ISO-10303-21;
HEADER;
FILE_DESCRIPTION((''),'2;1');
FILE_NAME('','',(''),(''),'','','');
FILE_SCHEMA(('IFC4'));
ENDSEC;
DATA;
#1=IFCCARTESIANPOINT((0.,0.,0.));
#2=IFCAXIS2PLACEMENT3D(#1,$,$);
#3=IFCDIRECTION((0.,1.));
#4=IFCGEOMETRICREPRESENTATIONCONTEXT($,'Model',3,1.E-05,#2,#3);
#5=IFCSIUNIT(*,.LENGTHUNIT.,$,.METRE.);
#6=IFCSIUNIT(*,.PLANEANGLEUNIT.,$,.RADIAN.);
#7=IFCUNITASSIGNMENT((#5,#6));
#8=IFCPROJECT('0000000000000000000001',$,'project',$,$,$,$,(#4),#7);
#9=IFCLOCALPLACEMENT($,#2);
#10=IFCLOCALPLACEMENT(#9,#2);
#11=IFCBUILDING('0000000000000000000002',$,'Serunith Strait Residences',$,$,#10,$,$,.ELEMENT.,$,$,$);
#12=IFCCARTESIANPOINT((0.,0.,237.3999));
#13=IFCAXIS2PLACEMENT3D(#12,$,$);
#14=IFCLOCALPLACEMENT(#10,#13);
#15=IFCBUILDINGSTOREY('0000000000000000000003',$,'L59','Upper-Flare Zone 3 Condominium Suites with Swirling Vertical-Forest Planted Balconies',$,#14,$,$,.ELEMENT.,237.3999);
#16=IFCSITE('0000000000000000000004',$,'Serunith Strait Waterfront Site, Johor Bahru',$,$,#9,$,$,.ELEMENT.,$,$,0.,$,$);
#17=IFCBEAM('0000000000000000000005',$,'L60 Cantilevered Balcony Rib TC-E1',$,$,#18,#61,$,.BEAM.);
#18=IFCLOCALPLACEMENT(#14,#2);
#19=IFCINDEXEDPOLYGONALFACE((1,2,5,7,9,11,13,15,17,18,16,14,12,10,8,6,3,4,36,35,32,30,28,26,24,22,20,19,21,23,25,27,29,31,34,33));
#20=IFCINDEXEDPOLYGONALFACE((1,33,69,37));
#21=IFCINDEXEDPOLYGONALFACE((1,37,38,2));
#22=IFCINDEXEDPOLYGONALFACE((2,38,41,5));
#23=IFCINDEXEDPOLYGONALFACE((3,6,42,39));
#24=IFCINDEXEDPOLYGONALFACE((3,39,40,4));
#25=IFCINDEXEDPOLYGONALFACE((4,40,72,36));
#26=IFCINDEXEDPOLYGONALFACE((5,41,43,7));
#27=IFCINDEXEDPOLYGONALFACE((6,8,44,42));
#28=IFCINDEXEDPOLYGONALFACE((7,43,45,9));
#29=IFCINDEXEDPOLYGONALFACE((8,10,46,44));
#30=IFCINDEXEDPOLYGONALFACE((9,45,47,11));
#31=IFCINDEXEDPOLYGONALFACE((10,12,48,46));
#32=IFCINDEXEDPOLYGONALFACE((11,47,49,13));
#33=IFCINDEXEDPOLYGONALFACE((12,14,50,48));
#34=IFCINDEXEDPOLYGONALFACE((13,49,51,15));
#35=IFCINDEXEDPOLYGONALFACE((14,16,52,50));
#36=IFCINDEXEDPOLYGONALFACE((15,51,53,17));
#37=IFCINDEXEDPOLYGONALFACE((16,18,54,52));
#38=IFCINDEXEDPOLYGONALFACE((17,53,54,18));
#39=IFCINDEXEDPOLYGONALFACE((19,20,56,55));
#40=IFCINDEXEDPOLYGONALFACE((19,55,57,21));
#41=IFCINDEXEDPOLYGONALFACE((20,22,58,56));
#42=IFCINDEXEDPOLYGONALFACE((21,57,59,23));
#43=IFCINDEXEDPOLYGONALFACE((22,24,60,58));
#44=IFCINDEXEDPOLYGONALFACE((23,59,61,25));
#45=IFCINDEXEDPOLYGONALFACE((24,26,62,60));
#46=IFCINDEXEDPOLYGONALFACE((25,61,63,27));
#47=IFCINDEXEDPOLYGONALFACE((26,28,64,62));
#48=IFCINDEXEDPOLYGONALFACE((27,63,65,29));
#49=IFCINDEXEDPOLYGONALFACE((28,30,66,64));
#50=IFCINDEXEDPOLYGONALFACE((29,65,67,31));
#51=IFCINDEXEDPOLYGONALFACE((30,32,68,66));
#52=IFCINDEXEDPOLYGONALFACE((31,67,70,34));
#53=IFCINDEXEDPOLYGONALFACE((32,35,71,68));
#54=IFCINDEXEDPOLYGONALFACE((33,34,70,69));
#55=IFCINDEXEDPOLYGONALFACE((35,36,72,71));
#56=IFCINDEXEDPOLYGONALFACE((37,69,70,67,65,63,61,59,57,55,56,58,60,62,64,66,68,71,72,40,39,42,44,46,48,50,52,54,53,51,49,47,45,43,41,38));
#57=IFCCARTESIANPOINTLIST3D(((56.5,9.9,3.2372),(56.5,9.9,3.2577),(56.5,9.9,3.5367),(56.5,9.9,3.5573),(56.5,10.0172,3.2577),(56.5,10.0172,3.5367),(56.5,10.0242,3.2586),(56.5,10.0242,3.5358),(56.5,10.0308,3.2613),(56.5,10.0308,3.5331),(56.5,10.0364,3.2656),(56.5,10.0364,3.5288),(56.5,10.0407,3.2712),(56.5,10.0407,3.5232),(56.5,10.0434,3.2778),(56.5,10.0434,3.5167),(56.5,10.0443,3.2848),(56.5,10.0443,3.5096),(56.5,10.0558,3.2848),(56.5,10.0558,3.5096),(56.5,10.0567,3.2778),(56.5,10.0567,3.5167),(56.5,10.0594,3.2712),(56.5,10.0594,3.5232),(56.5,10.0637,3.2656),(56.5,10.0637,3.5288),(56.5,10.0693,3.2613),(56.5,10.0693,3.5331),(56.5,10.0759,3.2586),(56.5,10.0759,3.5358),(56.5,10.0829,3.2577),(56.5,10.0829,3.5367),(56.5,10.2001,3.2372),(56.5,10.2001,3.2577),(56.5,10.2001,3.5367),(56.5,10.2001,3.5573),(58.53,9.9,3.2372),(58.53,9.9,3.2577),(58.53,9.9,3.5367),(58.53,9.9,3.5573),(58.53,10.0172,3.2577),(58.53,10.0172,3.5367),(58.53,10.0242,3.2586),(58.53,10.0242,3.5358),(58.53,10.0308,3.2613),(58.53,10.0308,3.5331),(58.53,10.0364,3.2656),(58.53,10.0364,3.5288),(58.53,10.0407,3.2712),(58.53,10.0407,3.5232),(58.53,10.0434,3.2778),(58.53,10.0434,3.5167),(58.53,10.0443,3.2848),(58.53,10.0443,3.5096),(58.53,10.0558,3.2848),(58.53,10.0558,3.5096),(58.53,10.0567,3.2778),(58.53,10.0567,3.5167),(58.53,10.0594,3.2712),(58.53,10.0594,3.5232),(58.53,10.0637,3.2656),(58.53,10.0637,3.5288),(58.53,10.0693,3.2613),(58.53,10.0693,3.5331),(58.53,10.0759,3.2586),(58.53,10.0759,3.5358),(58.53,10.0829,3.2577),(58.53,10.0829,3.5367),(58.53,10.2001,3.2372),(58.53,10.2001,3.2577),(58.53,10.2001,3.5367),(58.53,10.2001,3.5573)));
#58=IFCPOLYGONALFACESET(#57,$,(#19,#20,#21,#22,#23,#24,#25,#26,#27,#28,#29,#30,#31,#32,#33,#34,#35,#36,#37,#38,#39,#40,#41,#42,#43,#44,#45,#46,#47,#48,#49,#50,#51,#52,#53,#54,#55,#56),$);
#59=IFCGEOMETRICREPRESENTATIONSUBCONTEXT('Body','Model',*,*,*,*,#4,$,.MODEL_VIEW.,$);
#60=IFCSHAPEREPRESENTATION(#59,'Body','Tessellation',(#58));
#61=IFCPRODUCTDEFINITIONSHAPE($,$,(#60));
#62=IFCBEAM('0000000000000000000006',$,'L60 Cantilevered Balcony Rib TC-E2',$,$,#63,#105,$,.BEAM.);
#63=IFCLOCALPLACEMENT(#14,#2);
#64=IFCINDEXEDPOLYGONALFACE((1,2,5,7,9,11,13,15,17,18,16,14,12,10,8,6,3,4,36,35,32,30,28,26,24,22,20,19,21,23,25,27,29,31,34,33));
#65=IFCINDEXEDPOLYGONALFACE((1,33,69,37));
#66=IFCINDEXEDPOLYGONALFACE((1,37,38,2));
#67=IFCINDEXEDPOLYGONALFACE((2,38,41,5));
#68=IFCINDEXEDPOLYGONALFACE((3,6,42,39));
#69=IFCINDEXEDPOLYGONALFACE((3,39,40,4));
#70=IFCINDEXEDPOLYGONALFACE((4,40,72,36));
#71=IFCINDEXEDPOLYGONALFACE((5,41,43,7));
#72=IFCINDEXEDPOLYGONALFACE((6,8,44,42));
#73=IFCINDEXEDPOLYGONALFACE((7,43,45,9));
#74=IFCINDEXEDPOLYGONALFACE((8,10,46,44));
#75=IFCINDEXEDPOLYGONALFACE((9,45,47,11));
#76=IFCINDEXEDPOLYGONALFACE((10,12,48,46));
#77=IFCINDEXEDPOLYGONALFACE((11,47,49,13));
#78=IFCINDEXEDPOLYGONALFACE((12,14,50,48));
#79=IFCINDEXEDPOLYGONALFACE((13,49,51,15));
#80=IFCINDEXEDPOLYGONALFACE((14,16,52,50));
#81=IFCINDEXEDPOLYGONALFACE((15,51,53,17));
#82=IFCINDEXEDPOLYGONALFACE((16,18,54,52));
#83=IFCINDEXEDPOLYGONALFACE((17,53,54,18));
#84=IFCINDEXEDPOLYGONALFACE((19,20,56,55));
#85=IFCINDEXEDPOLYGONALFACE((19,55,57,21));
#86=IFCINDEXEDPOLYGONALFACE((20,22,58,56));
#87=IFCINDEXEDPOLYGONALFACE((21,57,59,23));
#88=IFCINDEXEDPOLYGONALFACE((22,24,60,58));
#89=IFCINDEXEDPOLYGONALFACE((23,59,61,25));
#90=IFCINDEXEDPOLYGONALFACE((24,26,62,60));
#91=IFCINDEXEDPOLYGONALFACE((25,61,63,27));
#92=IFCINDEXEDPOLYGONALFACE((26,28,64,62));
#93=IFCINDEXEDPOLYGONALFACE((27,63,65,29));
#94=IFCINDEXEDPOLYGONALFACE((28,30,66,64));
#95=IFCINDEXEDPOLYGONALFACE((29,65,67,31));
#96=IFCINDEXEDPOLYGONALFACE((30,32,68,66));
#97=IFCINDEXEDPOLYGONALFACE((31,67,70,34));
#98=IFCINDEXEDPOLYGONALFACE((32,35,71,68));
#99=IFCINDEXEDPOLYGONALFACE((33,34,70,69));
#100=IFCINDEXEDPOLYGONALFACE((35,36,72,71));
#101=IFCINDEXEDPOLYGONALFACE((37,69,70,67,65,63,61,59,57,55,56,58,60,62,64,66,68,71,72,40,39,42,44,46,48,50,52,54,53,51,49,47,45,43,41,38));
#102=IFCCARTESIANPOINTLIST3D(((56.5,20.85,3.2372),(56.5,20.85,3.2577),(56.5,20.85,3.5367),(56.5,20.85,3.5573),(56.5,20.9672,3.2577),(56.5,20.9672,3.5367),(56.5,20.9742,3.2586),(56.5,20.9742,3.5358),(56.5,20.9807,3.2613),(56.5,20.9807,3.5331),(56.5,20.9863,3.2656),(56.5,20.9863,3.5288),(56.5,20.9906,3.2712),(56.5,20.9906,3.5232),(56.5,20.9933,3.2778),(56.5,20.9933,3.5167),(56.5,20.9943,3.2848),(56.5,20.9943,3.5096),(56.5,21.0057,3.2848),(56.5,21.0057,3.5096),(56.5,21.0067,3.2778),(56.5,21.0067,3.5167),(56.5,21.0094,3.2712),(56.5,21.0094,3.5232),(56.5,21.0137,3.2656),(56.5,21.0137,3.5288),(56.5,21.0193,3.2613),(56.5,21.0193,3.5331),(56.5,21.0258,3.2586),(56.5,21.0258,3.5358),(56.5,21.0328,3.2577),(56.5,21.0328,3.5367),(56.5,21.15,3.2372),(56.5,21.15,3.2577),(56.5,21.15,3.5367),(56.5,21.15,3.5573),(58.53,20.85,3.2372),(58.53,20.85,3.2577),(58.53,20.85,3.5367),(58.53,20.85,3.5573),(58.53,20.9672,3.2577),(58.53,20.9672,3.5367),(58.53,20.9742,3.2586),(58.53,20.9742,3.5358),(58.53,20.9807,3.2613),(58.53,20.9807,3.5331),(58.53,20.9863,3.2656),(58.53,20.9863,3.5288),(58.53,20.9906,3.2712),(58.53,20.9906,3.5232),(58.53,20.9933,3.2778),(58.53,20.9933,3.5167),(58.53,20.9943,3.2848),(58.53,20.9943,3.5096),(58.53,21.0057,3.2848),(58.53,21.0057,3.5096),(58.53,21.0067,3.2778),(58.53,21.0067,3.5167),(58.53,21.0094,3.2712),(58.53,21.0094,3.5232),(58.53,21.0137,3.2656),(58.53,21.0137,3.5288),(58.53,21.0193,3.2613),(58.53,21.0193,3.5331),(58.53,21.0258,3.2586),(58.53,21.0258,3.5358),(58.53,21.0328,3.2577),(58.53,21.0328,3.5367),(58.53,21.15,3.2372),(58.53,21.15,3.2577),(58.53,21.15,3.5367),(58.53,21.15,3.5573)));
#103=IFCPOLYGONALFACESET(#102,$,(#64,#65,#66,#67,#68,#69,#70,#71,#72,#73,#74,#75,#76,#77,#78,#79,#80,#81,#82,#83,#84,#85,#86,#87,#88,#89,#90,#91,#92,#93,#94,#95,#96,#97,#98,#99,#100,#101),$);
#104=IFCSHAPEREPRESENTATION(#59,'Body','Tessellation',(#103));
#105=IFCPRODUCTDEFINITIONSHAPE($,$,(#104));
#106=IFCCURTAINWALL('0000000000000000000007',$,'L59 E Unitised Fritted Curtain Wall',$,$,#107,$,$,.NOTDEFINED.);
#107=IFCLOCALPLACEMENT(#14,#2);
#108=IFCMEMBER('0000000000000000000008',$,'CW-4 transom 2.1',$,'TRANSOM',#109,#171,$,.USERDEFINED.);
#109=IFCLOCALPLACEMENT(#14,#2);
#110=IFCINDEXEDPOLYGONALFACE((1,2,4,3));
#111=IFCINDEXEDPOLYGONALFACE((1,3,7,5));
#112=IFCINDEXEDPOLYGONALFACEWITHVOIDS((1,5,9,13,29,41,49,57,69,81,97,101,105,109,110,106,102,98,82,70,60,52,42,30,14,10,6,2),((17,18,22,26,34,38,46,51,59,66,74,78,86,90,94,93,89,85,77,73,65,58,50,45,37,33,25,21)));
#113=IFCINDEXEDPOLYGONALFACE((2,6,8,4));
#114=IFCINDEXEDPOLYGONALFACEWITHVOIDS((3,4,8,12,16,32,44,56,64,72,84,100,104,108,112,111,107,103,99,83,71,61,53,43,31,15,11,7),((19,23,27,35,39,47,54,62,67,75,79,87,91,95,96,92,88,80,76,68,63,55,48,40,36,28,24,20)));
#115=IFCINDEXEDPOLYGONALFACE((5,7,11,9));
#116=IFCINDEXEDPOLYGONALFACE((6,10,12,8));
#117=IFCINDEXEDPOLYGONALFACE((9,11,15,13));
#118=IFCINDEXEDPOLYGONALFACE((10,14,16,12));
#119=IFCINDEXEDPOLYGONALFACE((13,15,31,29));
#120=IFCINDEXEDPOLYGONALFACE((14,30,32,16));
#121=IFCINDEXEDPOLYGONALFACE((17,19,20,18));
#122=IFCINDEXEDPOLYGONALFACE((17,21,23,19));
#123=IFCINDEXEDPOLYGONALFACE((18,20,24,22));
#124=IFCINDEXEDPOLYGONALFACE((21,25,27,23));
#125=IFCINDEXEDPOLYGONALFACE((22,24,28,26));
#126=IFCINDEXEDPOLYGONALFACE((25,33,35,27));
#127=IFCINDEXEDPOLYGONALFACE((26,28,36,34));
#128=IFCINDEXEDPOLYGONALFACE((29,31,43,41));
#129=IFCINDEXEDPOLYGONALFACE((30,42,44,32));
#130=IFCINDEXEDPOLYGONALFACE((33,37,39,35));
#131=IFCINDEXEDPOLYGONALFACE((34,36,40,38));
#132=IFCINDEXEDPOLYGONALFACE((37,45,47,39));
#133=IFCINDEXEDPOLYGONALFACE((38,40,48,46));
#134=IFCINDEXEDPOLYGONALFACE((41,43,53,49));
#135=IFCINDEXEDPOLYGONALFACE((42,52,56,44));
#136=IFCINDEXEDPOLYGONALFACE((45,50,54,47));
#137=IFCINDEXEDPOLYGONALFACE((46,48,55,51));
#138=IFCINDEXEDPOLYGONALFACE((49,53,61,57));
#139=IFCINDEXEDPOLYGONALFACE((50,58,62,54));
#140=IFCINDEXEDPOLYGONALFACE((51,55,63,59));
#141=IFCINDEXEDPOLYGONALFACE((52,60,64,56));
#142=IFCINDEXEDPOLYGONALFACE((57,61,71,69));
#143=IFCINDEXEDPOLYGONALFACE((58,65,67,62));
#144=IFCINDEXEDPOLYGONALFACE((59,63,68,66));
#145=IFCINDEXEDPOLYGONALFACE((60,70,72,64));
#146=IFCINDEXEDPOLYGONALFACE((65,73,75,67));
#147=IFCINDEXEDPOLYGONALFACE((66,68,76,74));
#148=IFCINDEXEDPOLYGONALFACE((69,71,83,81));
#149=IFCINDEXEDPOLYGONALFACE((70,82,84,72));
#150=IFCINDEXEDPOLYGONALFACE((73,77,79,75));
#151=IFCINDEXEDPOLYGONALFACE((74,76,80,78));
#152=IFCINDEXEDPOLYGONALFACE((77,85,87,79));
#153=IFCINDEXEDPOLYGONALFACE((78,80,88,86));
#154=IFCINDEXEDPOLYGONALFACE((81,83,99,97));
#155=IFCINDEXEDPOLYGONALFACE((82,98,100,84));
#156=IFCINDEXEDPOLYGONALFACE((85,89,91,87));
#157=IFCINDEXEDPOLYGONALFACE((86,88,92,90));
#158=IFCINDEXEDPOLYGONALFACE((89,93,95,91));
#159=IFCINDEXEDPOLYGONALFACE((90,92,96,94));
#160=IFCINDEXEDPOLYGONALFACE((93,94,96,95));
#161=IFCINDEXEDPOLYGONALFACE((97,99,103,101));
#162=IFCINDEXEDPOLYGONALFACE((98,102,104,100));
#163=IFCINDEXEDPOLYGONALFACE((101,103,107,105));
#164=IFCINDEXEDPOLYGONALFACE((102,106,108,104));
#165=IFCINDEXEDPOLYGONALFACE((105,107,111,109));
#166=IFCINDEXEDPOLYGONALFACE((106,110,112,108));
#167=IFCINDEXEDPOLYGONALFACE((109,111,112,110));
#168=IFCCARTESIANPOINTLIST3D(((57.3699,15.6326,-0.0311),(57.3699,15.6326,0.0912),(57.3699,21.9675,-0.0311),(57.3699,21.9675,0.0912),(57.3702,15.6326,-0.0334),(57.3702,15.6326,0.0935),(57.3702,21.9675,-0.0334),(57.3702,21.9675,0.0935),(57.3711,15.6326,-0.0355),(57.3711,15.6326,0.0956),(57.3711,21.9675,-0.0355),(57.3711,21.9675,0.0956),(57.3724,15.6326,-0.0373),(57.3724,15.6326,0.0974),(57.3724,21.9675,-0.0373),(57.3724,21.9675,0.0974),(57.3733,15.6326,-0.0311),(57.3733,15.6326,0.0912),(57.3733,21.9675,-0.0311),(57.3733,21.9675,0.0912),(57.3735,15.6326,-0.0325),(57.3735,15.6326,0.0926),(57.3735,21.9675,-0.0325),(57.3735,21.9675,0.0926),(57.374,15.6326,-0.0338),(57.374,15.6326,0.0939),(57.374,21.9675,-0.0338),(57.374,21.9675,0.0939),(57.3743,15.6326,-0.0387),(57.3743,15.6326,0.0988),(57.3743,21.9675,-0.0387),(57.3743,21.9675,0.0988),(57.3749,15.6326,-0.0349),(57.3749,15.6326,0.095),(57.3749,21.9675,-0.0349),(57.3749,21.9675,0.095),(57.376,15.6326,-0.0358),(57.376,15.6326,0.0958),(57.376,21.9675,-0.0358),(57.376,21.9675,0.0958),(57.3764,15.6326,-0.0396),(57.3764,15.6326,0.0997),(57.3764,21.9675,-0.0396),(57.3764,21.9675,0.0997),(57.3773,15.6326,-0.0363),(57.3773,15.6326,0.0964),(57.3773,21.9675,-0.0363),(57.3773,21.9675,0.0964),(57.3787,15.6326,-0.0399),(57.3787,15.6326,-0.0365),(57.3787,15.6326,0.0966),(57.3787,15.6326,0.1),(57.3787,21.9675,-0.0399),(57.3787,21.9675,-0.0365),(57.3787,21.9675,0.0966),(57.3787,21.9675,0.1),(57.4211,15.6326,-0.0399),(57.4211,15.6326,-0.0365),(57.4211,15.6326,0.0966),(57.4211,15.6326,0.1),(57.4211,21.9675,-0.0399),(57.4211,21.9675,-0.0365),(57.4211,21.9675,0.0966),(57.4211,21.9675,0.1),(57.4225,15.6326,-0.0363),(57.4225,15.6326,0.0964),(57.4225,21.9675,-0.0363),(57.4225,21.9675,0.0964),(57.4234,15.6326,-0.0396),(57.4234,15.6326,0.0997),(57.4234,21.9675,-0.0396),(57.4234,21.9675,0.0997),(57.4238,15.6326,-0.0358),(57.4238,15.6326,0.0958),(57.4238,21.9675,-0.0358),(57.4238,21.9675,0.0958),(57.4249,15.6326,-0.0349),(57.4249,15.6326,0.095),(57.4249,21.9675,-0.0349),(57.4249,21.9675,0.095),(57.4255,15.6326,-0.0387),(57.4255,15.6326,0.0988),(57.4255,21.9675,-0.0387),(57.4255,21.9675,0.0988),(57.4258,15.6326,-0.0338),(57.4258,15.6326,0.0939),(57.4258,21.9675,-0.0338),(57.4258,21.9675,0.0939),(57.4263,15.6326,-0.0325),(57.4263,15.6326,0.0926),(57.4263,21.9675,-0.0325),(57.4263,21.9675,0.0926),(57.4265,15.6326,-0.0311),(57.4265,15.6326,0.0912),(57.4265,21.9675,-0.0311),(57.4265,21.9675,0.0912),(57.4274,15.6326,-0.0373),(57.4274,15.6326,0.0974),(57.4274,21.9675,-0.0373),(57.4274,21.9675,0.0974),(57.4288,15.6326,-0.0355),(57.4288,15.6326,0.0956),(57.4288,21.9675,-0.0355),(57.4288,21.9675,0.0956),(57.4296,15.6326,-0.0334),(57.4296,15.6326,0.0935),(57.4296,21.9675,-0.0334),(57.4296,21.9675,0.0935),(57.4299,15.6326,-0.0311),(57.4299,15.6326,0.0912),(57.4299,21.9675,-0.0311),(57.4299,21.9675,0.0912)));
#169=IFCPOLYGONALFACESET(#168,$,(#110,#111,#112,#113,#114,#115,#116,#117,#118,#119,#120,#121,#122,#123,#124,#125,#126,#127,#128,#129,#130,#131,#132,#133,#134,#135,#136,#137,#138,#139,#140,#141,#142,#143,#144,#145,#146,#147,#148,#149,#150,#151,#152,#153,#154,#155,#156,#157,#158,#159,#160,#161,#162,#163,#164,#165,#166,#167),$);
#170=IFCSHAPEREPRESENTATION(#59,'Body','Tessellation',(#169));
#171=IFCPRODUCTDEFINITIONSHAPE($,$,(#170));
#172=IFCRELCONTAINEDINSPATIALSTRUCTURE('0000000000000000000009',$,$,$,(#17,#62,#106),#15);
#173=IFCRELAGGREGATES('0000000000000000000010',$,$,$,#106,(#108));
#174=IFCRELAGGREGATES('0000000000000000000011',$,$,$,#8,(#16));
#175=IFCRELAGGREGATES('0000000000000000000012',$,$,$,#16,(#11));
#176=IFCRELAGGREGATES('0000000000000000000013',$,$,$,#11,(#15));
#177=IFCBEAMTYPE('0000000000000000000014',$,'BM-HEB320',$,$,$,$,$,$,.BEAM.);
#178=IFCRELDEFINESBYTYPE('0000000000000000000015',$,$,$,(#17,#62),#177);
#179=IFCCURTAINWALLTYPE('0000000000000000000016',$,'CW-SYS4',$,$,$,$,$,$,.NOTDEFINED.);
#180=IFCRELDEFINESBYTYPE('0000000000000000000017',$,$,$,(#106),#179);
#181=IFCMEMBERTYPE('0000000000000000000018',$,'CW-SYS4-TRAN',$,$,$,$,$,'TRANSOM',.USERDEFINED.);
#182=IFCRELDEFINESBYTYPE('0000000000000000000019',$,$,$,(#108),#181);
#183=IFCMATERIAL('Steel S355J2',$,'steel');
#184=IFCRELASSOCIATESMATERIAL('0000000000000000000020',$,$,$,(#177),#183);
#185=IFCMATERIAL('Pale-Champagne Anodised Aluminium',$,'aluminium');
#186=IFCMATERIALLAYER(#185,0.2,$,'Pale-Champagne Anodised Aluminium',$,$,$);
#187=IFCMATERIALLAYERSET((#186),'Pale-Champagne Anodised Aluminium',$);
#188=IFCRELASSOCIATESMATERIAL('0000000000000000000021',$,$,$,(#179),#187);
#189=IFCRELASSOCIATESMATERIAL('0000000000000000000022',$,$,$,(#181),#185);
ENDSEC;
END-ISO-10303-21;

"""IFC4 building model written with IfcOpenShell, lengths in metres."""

from ifc_helpers import new_model, si_unit, direction, frame, origin, origin_2d, place, context, subcontext, project, spatial, hollow_rectangle, i_section, extrude, source, transform, mapped, material, layer, layer_set, material_profile, profile_set, type_object, element, aggregate, save


model = new_model("IFC4")

# Units and contexts
model_context = context("Model", 3, precision=1e-05, world=origin(), true_north=direction((0.0, 1.0)))
body_context = subcontext(model_context, "Body", "Model", "MODEL_VIEW")
ifc_project = project(units=[si_unit("LENGTHUNIT", "METRE"), si_unit("PLANEANGLEUNIT", "RADIAN")], contexts=[model_context])

# Site, building, storey
site_placement = place(None, origin())
site = spatial("IfcSite", under=ifc_project, at=site_placement, Name="Serunith Strait Waterfront Site, Johor Bahru", CompositionType="ELEMENT", RefElevation=0.0)
building_placement = place(site_placement, origin())
building = spatial("IfcBuilding", under=site, at=building_placement, Name="Serunith Strait Residences", CompositionType="ELEMENT")
storey_placement = place(building_placement, frame((0.0, 0.0, 237.3999)))
storey = spatial("IfcBuildingStorey", under=building, at=storey_placement, Name="L59", Description="Upper-Flare Zone 3 Condominium Suites with Swirling Vertical-Forest Planted Balconies", CompositionType="ELEMENT", Elevation=237.3999)

# Beams
ifc_material_1 = material(Name="Steel S355J2", Category="steel")
ifc_material_profile_1 = material_profile(ifc_material_1, i_section(OverallWidth=0.3, OverallDepth=0.3201, WebThickness=0.0115, FlangeThickness=0.0205, FilletRadius=0.0271, at=origin_2d()), Name="HEB 320")
ifc_profile_set_1 = profile_set([ifc_material_profile_1], Name="Steel S355J2")
beam_type_1 = type_object("IfcBeamType", Name="BM-HEB320", PredefinedType="BEAM", material=ifc_profile_set_1)
shared_shape_1 = source(origin(), body_context, "Body", "SweptSolid", [
    extrude(i_section(OverallWidth=0.3, OverallDepth=0.3201, WebThickness=0.0115, FlangeThickness=0.0205, FilletRadius=0.0271, at=origin_2d()), origin(), (0.0, 0.0, 1.0), 2.03),
])
for number, where, z_axis, x_axis, name in (
    (1, (56.5, 10.05, 3.3972), (1.0, 0.0, 0.0), (0.0, 1.0, 0.0), "L60 Cantilevered Balcony Rib TC-E1"),
    (2, (56.5, 21.0, 3.3972), (1.0, 0.0, 0.0), (0.0, 1.0, 0.0), "L60 Cantilevered Balcony Rib TC-E2"),
):
    element("IfcBeam", number, at=place(storey_placement, frame(where, z_axis=z_axis, x_axis=x_axis)), inside=storey, type_object=beam_type_1, Name=name, PredefinedType="BEAM", context=body_context, shape_type="MappedRepresentation", body=[
        mapped(shared_shape_1, transform((0.0, 0.0, 0.0), scale=1.0)),
    ])

# Curtain wall, member
ifc_material_2 = material(Name="Pale-Champagne Anodised Aluminium", Category="aluminium")
ifc_layer_1 = layer(ifc_material_2, 0.2, Name="Pale-Champagne Anodised Aluminium")
ifc_layer_set_1 = layer_set([ifc_layer_1], Name="Pale-Champagne Anodised Aluminium")
curtain_wall_type = type_object("IfcCurtainWallType", Name="CW-SYS4", PredefinedType="NOTDEFINED", material=ifc_layer_set_1)
curtain_wall_placement = place(storey_placement, origin())
curtain_wall = element("IfcCurtainWall", 3, at=curtain_wall_placement, inside=storey, type_object=curtain_wall_type, Name="L59 E Unitised Fritted Curtain Wall", PredefinedType="NOTDEFINED")
ifc_material_profile_2 = material_profile(ifc_material_2, hollow_rectangle(XDim=0.0601, YDim=0.1399, WallThickness=0.0034, InnerFilletRadius=0.0054, OuterFilletRadius=0.0088, at=origin_2d()), Name="ALU 140x60x3.5")
ifc_profile_set_2 = profile_set([ifc_material_profile_2], Name="Pale-Champagne Anodised Aluminium")
member_type_1 = type_object("IfcMemberType", Name="CW-SYS4-TRAN", ElementType="TRANSOM", PredefinedType="USERDEFINED", material=ifc_profile_set_2)
shared_shape_2 = source(origin(), body_context, "Body", "SweptSolid", [
    extrude(hollow_rectangle(XDim=0.0601, YDim=0.1399, WallThickness=0.0034, InnerFilletRadius=0.0054, OuterFilletRadius=0.0088, at=origin_2d()), origin(), (0.0, 0.0, 1.0), 6.335),
])
member_1_placement = place(storey_placement, frame((57.3999, 15.6326, 0.03), z_axis=(0.0, 1.0, 0.0), x_axis=(-1.0, 0.0, 0.0)))
member_1 = element("IfcMember", 4, at=member_1_placement, type_object=member_type_1, Name="CW-4 transom 2.1", ObjectType="TRANSOM", PredefinedType="USERDEFINED", context=body_context, shape_type="MappedRepresentation", body=[
    mapped(shared_shape_2, transform((0.0, 0.0, 0.0), scale=1.0)),
])
aggregate(curtain_wall, [member_1])

save(model, "model.ifc")
